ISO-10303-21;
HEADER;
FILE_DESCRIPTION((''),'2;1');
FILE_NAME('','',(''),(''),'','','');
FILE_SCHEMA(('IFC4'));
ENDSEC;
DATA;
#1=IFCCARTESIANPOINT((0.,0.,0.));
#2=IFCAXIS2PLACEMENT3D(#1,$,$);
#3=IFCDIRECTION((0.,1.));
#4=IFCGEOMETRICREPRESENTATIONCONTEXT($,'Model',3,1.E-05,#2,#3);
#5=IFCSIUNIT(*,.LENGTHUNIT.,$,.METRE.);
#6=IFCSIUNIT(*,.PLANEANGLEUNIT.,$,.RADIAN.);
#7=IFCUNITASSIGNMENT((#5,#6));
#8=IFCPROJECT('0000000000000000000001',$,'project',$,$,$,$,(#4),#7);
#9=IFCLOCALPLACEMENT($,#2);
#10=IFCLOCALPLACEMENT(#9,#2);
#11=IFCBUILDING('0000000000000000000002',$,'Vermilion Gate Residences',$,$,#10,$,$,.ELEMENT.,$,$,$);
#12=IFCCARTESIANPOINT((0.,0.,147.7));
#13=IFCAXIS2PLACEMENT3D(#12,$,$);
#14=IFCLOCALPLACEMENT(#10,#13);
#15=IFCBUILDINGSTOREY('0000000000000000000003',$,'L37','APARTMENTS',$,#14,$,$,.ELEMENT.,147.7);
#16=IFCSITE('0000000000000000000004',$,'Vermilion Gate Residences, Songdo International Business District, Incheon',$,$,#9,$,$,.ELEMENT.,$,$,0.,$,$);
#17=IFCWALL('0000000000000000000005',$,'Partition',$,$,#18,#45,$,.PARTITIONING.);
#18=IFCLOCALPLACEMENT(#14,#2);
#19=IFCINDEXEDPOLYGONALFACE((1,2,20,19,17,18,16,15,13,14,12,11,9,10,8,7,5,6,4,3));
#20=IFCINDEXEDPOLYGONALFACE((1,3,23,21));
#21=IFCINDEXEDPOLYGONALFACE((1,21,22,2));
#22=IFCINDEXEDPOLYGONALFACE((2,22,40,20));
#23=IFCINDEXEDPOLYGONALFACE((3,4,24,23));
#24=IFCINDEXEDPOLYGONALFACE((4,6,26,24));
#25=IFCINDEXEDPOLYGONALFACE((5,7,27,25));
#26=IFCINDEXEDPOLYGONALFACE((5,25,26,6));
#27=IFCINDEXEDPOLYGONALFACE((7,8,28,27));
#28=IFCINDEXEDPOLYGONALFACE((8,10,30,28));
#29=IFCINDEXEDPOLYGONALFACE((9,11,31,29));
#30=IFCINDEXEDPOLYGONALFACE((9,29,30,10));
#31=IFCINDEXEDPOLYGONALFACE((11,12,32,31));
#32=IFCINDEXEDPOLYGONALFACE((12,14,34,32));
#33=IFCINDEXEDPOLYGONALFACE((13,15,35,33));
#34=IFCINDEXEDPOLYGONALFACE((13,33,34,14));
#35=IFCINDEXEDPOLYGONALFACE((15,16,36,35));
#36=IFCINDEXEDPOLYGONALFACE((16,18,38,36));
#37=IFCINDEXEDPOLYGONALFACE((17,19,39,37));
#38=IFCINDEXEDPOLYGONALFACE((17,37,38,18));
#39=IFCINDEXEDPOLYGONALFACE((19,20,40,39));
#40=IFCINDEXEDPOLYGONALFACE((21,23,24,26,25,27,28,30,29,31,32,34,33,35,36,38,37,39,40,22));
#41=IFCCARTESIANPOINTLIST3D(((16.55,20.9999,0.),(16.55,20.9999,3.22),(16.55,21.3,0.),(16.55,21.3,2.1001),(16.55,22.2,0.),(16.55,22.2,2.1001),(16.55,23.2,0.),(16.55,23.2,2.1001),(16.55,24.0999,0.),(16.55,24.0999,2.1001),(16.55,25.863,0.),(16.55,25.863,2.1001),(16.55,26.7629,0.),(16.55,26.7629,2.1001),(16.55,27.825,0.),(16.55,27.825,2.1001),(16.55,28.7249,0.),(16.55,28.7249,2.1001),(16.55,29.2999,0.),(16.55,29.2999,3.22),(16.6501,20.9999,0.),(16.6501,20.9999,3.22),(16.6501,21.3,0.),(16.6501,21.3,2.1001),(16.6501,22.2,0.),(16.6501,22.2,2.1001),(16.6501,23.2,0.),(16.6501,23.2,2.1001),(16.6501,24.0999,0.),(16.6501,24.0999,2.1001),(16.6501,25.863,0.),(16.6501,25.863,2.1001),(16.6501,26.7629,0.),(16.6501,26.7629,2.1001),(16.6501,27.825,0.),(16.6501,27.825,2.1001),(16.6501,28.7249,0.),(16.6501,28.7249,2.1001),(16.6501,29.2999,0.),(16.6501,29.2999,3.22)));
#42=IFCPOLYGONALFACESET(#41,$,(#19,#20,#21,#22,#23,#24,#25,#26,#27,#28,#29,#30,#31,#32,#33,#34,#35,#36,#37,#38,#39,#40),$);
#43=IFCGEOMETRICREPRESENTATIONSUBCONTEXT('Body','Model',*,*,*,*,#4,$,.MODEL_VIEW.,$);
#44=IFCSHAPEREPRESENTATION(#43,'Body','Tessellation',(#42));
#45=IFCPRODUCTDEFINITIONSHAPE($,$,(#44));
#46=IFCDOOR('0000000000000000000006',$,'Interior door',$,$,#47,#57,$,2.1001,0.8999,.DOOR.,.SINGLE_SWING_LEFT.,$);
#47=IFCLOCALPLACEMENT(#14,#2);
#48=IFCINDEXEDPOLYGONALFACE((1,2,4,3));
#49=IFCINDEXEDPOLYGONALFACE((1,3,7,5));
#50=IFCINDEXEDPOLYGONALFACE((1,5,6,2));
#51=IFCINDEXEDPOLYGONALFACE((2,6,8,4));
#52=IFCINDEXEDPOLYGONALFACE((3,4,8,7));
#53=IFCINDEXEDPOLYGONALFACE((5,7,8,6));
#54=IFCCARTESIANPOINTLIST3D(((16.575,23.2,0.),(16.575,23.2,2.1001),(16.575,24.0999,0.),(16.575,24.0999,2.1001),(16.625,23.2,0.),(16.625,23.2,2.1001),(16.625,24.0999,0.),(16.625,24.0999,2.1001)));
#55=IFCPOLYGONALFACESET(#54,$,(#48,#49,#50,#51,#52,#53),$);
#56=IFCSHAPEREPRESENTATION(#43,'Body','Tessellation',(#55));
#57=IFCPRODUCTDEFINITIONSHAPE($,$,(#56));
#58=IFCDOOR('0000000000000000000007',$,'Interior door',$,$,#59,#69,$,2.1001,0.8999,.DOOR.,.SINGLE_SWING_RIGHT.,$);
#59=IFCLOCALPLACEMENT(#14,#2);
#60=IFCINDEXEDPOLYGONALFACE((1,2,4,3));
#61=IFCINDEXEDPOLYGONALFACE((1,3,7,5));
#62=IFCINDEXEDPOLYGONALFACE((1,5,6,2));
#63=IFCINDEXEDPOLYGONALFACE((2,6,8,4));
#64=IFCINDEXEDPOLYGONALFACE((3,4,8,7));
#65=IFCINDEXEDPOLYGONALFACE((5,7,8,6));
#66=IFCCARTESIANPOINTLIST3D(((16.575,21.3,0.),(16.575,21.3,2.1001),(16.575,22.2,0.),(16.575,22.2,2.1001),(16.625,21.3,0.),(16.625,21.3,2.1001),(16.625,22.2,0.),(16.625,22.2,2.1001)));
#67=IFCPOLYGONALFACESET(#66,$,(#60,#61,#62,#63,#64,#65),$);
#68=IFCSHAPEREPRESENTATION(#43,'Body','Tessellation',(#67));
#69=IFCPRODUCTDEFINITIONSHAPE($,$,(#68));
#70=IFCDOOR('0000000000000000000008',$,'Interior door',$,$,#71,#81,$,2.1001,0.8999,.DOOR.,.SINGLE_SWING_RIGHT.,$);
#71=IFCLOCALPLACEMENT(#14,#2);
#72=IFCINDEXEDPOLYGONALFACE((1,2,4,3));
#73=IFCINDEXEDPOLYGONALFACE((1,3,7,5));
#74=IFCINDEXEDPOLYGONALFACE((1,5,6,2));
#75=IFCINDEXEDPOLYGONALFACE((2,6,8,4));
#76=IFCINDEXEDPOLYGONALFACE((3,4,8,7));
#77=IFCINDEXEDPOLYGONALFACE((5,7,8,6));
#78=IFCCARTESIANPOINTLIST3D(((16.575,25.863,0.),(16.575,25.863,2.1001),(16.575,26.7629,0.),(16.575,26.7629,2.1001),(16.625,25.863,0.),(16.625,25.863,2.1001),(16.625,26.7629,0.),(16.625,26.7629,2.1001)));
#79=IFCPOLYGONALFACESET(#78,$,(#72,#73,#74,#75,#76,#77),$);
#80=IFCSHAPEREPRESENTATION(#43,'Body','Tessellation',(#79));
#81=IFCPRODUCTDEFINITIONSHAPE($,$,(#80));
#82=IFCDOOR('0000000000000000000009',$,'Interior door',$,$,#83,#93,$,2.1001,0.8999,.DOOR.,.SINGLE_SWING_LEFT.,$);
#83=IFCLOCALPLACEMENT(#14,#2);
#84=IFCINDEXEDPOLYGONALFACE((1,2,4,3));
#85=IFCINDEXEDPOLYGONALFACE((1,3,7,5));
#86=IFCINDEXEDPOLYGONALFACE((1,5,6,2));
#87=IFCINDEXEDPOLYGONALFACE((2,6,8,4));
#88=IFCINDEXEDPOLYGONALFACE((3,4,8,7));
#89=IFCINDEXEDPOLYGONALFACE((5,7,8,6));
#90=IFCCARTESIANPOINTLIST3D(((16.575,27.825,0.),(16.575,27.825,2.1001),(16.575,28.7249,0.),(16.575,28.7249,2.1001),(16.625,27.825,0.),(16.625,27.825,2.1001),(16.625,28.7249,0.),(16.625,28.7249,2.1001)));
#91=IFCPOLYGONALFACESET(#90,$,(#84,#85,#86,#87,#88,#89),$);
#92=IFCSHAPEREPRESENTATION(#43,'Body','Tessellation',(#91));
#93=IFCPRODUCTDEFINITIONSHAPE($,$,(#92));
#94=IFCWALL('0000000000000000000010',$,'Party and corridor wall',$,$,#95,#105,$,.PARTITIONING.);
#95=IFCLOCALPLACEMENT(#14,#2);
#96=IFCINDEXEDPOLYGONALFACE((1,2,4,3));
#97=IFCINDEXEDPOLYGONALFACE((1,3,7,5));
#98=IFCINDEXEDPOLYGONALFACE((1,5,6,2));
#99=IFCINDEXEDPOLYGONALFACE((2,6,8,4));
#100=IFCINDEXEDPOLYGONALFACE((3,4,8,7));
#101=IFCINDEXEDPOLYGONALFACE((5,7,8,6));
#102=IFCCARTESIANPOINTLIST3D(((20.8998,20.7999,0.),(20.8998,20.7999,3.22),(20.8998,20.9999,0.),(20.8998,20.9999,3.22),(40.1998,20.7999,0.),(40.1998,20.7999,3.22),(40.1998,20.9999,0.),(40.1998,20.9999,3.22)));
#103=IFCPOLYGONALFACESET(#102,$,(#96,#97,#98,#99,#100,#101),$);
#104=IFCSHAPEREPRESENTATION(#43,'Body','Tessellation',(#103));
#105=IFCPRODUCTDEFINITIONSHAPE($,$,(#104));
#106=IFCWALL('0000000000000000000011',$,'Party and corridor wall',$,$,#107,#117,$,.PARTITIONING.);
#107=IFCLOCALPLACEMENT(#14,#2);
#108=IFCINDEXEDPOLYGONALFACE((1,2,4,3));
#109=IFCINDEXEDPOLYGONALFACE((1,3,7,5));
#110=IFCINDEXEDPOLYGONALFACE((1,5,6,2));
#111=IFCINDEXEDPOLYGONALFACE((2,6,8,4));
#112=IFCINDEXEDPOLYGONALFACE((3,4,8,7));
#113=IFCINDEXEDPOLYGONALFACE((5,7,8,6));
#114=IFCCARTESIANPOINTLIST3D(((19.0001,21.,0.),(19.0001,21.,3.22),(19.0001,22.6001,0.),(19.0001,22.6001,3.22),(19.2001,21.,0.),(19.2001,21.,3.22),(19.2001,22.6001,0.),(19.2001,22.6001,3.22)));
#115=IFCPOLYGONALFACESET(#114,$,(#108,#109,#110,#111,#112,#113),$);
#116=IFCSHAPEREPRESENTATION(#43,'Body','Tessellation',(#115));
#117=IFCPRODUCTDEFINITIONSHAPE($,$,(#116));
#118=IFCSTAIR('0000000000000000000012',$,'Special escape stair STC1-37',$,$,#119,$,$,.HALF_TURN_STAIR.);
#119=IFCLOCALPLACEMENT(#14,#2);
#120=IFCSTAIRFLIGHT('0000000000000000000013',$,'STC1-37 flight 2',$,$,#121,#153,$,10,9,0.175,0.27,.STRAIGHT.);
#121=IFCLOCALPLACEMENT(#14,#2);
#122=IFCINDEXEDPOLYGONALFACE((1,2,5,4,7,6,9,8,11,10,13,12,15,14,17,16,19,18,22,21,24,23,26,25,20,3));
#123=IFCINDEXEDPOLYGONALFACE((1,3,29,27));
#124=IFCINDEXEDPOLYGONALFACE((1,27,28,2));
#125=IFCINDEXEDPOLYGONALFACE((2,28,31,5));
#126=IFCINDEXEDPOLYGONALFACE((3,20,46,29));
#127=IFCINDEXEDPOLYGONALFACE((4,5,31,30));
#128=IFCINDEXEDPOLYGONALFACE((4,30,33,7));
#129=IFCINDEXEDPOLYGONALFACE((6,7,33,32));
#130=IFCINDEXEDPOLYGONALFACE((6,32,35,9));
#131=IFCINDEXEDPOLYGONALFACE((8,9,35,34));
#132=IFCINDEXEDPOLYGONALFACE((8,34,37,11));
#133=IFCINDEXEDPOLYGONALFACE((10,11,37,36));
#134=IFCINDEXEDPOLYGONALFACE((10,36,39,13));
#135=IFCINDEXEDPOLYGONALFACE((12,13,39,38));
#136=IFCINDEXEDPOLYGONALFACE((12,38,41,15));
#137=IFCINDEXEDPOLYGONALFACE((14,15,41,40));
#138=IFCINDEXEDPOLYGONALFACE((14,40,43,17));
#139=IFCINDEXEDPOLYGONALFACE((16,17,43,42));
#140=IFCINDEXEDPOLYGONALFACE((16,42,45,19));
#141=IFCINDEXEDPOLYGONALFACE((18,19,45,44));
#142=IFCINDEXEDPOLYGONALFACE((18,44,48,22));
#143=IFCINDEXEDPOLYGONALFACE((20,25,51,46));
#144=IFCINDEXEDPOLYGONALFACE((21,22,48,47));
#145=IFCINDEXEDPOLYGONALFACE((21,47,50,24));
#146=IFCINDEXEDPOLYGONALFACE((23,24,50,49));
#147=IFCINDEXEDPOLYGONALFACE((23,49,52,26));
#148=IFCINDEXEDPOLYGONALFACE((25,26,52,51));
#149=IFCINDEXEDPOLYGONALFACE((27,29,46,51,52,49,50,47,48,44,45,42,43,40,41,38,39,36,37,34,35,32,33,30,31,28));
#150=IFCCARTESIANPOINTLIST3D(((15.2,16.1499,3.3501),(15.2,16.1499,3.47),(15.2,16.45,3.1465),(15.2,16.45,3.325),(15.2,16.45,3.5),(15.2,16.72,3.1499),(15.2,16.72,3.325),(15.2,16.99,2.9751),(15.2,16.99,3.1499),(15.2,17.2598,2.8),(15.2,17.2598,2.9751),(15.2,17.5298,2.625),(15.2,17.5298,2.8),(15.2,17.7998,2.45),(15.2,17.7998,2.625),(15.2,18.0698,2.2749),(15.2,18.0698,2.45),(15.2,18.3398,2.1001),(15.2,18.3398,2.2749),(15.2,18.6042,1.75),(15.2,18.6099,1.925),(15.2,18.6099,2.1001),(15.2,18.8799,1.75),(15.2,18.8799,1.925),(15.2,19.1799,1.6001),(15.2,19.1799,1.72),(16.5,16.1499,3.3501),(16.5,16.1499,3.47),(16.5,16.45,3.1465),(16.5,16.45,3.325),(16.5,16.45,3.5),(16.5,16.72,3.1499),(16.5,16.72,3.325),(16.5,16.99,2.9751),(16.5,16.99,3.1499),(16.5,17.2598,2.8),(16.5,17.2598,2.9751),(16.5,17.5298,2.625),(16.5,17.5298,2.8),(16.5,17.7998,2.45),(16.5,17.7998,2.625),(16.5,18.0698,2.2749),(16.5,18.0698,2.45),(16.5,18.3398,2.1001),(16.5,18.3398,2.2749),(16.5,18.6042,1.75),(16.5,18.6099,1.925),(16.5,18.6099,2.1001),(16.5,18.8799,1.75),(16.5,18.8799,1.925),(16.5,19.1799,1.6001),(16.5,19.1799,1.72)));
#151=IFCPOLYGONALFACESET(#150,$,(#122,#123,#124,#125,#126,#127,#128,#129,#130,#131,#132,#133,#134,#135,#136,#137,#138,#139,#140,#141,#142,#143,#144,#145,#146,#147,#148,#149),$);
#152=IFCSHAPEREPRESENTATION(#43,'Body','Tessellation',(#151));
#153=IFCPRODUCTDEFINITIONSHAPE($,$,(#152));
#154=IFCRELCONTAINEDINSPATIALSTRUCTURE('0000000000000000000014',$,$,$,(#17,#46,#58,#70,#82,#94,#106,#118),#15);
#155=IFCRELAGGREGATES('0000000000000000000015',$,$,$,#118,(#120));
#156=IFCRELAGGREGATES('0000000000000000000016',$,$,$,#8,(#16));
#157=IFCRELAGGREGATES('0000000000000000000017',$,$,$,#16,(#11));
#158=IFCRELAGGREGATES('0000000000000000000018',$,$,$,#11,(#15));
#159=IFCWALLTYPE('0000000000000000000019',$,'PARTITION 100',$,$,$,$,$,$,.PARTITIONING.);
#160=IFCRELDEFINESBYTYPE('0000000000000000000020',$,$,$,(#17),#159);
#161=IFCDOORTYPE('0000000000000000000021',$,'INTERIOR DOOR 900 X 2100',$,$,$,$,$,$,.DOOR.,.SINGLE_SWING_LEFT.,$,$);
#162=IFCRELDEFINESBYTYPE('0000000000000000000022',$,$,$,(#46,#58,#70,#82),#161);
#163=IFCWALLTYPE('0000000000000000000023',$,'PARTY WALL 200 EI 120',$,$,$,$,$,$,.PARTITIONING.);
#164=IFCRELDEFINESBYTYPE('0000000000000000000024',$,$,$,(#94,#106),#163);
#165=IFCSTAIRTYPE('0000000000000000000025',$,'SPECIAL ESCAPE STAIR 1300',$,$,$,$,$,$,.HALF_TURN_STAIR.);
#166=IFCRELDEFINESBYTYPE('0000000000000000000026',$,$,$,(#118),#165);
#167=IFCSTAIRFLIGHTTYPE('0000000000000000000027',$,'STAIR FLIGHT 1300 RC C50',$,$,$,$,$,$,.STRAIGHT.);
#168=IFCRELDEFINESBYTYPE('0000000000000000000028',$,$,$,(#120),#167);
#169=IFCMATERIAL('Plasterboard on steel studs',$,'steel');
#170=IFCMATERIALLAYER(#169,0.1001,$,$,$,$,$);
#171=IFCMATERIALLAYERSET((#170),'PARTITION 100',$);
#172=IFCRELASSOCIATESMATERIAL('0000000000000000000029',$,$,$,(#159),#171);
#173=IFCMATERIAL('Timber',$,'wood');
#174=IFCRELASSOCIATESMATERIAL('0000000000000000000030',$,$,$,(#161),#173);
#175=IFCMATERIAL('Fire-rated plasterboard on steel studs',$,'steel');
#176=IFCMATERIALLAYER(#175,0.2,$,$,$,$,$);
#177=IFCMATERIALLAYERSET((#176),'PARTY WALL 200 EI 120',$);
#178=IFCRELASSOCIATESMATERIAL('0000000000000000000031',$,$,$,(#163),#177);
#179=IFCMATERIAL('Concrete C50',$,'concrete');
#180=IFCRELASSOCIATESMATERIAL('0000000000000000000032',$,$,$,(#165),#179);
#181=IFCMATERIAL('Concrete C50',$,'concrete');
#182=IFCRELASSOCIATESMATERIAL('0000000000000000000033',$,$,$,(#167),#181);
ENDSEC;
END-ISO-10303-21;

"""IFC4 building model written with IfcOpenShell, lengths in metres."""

from ifc_helpers import new_model, si_unit, direction, frame, frame_2d, origin, place, context, subcontext, project, spatial, polyline, rectangle, outline, extrude, material, layer, layer_set, type_object, element, fill, aggregate, save


model = new_model("IFC4")

# Units and contexts
model_context = context("Model", 3, precision=1e-05, world=origin(), true_north=direction((0.0, 1.0)))
body_context = subcontext(model_context, "Body", "Model", "MODEL_VIEW")
ifc_project = project(units=[si_unit("LENGTHUNIT", "METRE"), si_unit("PLANEANGLEUNIT", "RADIAN")], contexts=[model_context])

# Site, building, storey
site_placement = place(None, origin())
site = spatial("IfcSite", under=ifc_project, at=site_placement, Name="Vermilion Gate Residences, Songdo International Business District, Incheon", CompositionType="ELEMENT", RefElevation=0.0)
building_placement = place(site_placement, origin())
building = spatial("IfcBuilding", under=site, at=building_placement, Name="Vermilion Gate Residences", CompositionType="ELEMENT")
storey_placement = place(building_placement, frame((0.0, 0.0, 147.7)))
storey = spatial("IfcBuildingStorey", under=building, at=storey_placement, Name="L37", Description="APARTMENTS", CompositionType="ELEMENT", Elevation=147.7)

# Wall, openings, doors
ifc_material_1 = material(Name="Plasterboard on steel studs", Category="steel")
ifc_layer_1 = layer(ifc_material_1, 0.1001)
ifc_layer_set_1 = layer_set([ifc_layer_1], Name="PARTITION 100")
wall_type_1 = type_object("IfcWallType", Name="PARTITION 100", PredefinedType="PARTITIONING", material=ifc_layer_set_1)
ifc_material_2 = material(Name="Timber", Category="wood")
door_type = type_object("IfcDoorType", Name="INTERIOR DOOR 900 X 2100", OperationType="SINGLE_SWING_LEFT", PredefinedType="DOOR", material=ifc_material_2)
wall_1_placement = place(storey_placement, frame((16.6001, 21.0, 0.0), z_axis=(0.0, 0.0, 1.0), x_axis=(0.0, 1.0, 0.0)))
wall_1 = element("IfcWall", 1, at=wall_1_placement, inside=storey, type_object=wall_type_1, Name="Partition", PredefinedType="PARTITIONING", context=body_context, shape_type="SweptSolid", body=[
    extrude(rectangle(XDim=8.3, YDim=0.1001, at=frame_2d((4.1499, 0.0))), origin(), (0.0, 0.0, 1.0), 3.22),
])
opening_1_placement = place(wall_1_placement, frame((2.2, 0.0, 0.0)))
opening_1 = element("IfcOpeningElement", 2, at=opening_1_placement, cuts=wall_1, PredefinedType="OPENING", context=body_context, shape_type="SweptSolid", body=[
    extrude(rectangle(XDim=0.8999, YDim=2.1001, at=frame_2d((0.45, 1.05))), frame((0.0, 0.0601, 0.0), z_axis=(0.0, -1.0, 0.0), x_axis=(1.0, 0.0, 0.0)), (0.0, 0.0, 1.0), 0.1201),
])
opening_2_placement = place(wall_1_placement, frame((0.3, 0.0, 0.0)))
opening_2 = element("IfcOpeningElement", 3, at=opening_2_placement, cuts=wall_1, PredefinedType="OPENING", context=body_context, shape_type="SweptSolid", body=[
    extrude(rectangle(XDim=0.8999, YDim=2.1001, at=frame_2d((0.45, 1.05))), frame((0.0, 0.0601, 0.0), z_axis=(0.0, -1.0, 0.0), x_axis=(1.0, 0.0, 0.0)), (0.0, 0.0, 1.0), 0.1201),
])
opening_3_placement = place(wall_1_placement, frame((4.863, 0.0, 0.0)))
opening_3 = element("IfcOpeningElement", 4, at=opening_3_placement, cuts=wall_1, PredefinedType="OPENING", context=body_context, shape_type="SweptSolid", body=[
    extrude(rectangle(XDim=0.8999, YDim=2.1001, at=frame_2d((0.45, 1.05))), frame((0.0, 0.0601, 0.0), z_axis=(0.0, -1.0, 0.0), x_axis=(1.0, 0.0, 0.0)), (0.0, 0.0, 1.0), 0.1201),
])
opening_4_placement = place(wall_1_placement, frame((6.825, 0.0, 0.0)))
opening_4 = element("IfcOpeningElement", 5, at=opening_4_placement, cuts=wall_1, PredefinedType="OPENING", context=body_context, shape_type="SweptSolid", body=[
    extrude(rectangle(XDim=0.8999, YDim=2.1001, at=frame_2d((0.45, 1.05))), frame((0.0, 0.0601, 0.0), z_axis=(0.0, -1.0, 0.0), x_axis=(1.0, 0.0, 0.0)), (0.0, 0.0, 1.0), 0.1201),
])
door_1_placement = place(opening_1_placement, frame((0.8999, 0.0, 0.0), z_axis=(0.0, 0.0, 1.0), x_axis=(-1.0, 0.0, 0.0)))
door_1 = element("IfcDoor", 6, at=door_1_placement, inside=storey, type_object=door_type, Name="Interior door", OperationType="SINGLE_SWING_LEFT", OverallHeight=2.1001, OverallWidth=0.8999, PredefinedType="DOOR", context=body_context, shape_type="SweptSolid", body=[
    extrude(rectangle(XDim=0.8999, YDim=2.1001, at=frame_2d((0.45, 1.05))), frame((0.0, 0.0249, 0.0), z_axis=(0.0, -1.0, 0.0), x_axis=(1.0, 0.0, 0.0)), (0.0, 0.0, 1.0), 0.05),
])
fill(opening_1, door_1)
door_2_placement = place(opening_2_placement, frame((0.8999, 0.0, 0.0), z_axis=(0.0, 0.0, 1.0), x_axis=(-1.0, 0.0, 0.0)))
door_2 = element("IfcDoor", 7, at=door_2_placement, inside=storey, type_object=door_type, Name="Interior door", OperationType="SINGLE_SWING_RIGHT", OverallHeight=2.1001, OverallWidth=0.8999, PredefinedType="DOOR", context=body_context, shape_type="SweptSolid", body=[
    extrude(rectangle(XDim=0.8999, YDim=2.1001, at=frame_2d((0.45, 1.05))), frame((0.0, 0.0249, 0.0), z_axis=(0.0, -1.0, 0.0), x_axis=(1.0, 0.0, 0.0)), (0.0, 0.0, 1.0), 0.05),
])
fill(opening_2, door_2)
door_3_placement = place(opening_3_placement, frame((0.8999, 0.0, 0.0), z_axis=(0.0, 0.0, 1.0), x_axis=(-1.0, 0.0, 0.0)))
door_3 = element("IfcDoor", 8, at=door_3_placement, inside=storey, type_object=door_type, Name="Interior door", OperationType="SINGLE_SWING_RIGHT", OverallHeight=2.1001, OverallWidth=0.8999, PredefinedType="DOOR", context=body_context, shape_type="SweptSolid", body=[
    extrude(rectangle(XDim=0.8999, YDim=2.1001, at=frame_2d((0.45, 1.05))), frame((0.0, 0.0249, 0.0), z_axis=(0.0, -1.0, 0.0), x_axis=(1.0, 0.0, 0.0)), (0.0, 0.0, 1.0), 0.05),
])
fill(opening_3, door_3)
door_4_placement = place(opening_4_placement, frame((0.8999, 0.0, 0.0), z_axis=(0.0, 0.0, 1.0), x_axis=(-1.0, 0.0, 0.0)))
door_4 = element("IfcDoor", 9, at=door_4_placement, inside=storey, type_object=door_type, Name="Interior door", OperationType="SINGLE_SWING_LEFT", OverallHeight=2.1001, OverallWidth=0.8999, PredefinedType="DOOR", context=body_context, shape_type="SweptSolid", body=[
    extrude(rectangle(XDim=0.8999, YDim=2.1001, at=frame_2d((0.45, 1.05))), frame((0.0, 0.0249, 0.0), z_axis=(0.0, -1.0, 0.0), x_axis=(1.0, 0.0, 0.0)), (0.0, 0.0, 1.0), 0.05),
])
fill(opening_4, door_4)

# Walls
ifc_material_3 = material(Name="Fire-rated plasterboard on steel studs", Category="steel")
ifc_layer_2 = layer(ifc_material_3, 0.2)
ifc_layer_set_2 = layer_set([ifc_layer_2], Name="PARTY WALL 200 EI 120")
wall_type_2 = type_object("IfcWallType", Name="PARTY WALL 200 EI 120", PredefinedType="PARTITIONING", material=ifc_layer_set_2)
wall_2_placement = place(storey_placement, frame((20.8999, 20.8999, 0.0), z_axis=(0.0, 0.0, 1.0), x_axis=(1.0, 0.0, 0.0)))
element("IfcWall", 10, at=wall_2_placement, inside=storey, type_object=wall_type_2, Name="Party and corridor wall", PredefinedType="PARTITIONING", context=body_context, shape_type="SweptSolid", body=[
    extrude(rectangle(XDim=19.3, YDim=0.2, at=frame_2d((9.6499, 0.0))), origin(), (0.0, 0.0, 1.0), 3.22),
])
wall_3_placement = place(storey_placement, frame((19.1001, 21.0, 0.0), z_axis=(0.0, 0.0, 1.0), x_axis=(0.0, 1.0, 0.0)))
element("IfcWall", 11, at=wall_3_placement, inside=storey, type_object=wall_type_2, Name="Party and corridor wall", PredefinedType="PARTITIONING", context=body_context, shape_type="SweptSolid", body=[
    extrude(rectangle(XDim=1.6001, YDim=0.2, at=frame_2d((0.8, 0.0))), origin(), (0.0, 0.0, 1.0), 3.22),
])

# Stair, stair flight
ifc_material_4 = material(Name="Concrete C50", Category="concrete")
stair_type = type_object("IfcStairType", Name="SPECIAL ESCAPE STAIR 1300", PredefinedType="HALF_TURN_STAIR", material=ifc_material_4)
stair_placement = place(storey_placement, origin())
stair = element("IfcStair", 12, at=stair_placement, inside=storey, type_object=stair_type, Name="Special escape stair STC1-37", PredefinedType="HALF_TURN_STAIR")
ifc_material_5 = material(Name="Concrete C50", Category="concrete")
stair_flight_type = type_object("IfcStairFlightType", Name="STAIR FLIGHT 1300 RC C50", PredefinedType="STRAIGHT", material=ifc_material_5)
stair_flight_placement = place(storey_placement, frame((15.8501, 18.8799, 1.75), z_axis=(0.0, 0.0, 1.0), x_axis=(0.0, -1.0, 0.0)))
stair_flight = element("IfcStairFlight", 13, at=stair_flight_placement, type_object=stair_flight_type, Name="STC1-37 flight 2", NumberOfRisers=10, NumberOfTreads=9, PredefinedType="STRAIGHT", RiserHeight=0.175, TreadLength=0.27, context=body_context, shape_type="SweptSolid", body=[
    extrude(outline(polyline([(-0.3, -0.1499), (-0.3, -0.03), (0.0, 0.0), (0.0, 0.175), (0.27, 0.175), (0.27, 0.3501), (0.54, 0.3501), (0.54, 0.5249), (0.8101, 0.5249), (0.8101, 0.7), (1.0801, 0.7), (1.0801, 0.875), (1.3501, 0.875), (1.3501, 1.05), (1.6201, 1.05), (1.6201, 1.2251), (1.8899, 1.2251), (1.8899, 1.3999), (2.1599, 1.3999), (2.1599, 1.575), (2.4299, 1.575), (2.4299, 1.75), (2.73, 1.72), (2.73, 1.6001), (2.4299, 1.3965), (0.2756, 0.0), (-0.3, -0.1499)])), frame((0.0, 0.6499, 0.0), z_axis=(0.0, -1.0, 0.0), x_axis=(1.0, 0.0, 0.0)), (0.0, 0.0, 1.0), 1.3),
])
aggregate(stair, [stair_flight])

save(model, "model.ifc")
